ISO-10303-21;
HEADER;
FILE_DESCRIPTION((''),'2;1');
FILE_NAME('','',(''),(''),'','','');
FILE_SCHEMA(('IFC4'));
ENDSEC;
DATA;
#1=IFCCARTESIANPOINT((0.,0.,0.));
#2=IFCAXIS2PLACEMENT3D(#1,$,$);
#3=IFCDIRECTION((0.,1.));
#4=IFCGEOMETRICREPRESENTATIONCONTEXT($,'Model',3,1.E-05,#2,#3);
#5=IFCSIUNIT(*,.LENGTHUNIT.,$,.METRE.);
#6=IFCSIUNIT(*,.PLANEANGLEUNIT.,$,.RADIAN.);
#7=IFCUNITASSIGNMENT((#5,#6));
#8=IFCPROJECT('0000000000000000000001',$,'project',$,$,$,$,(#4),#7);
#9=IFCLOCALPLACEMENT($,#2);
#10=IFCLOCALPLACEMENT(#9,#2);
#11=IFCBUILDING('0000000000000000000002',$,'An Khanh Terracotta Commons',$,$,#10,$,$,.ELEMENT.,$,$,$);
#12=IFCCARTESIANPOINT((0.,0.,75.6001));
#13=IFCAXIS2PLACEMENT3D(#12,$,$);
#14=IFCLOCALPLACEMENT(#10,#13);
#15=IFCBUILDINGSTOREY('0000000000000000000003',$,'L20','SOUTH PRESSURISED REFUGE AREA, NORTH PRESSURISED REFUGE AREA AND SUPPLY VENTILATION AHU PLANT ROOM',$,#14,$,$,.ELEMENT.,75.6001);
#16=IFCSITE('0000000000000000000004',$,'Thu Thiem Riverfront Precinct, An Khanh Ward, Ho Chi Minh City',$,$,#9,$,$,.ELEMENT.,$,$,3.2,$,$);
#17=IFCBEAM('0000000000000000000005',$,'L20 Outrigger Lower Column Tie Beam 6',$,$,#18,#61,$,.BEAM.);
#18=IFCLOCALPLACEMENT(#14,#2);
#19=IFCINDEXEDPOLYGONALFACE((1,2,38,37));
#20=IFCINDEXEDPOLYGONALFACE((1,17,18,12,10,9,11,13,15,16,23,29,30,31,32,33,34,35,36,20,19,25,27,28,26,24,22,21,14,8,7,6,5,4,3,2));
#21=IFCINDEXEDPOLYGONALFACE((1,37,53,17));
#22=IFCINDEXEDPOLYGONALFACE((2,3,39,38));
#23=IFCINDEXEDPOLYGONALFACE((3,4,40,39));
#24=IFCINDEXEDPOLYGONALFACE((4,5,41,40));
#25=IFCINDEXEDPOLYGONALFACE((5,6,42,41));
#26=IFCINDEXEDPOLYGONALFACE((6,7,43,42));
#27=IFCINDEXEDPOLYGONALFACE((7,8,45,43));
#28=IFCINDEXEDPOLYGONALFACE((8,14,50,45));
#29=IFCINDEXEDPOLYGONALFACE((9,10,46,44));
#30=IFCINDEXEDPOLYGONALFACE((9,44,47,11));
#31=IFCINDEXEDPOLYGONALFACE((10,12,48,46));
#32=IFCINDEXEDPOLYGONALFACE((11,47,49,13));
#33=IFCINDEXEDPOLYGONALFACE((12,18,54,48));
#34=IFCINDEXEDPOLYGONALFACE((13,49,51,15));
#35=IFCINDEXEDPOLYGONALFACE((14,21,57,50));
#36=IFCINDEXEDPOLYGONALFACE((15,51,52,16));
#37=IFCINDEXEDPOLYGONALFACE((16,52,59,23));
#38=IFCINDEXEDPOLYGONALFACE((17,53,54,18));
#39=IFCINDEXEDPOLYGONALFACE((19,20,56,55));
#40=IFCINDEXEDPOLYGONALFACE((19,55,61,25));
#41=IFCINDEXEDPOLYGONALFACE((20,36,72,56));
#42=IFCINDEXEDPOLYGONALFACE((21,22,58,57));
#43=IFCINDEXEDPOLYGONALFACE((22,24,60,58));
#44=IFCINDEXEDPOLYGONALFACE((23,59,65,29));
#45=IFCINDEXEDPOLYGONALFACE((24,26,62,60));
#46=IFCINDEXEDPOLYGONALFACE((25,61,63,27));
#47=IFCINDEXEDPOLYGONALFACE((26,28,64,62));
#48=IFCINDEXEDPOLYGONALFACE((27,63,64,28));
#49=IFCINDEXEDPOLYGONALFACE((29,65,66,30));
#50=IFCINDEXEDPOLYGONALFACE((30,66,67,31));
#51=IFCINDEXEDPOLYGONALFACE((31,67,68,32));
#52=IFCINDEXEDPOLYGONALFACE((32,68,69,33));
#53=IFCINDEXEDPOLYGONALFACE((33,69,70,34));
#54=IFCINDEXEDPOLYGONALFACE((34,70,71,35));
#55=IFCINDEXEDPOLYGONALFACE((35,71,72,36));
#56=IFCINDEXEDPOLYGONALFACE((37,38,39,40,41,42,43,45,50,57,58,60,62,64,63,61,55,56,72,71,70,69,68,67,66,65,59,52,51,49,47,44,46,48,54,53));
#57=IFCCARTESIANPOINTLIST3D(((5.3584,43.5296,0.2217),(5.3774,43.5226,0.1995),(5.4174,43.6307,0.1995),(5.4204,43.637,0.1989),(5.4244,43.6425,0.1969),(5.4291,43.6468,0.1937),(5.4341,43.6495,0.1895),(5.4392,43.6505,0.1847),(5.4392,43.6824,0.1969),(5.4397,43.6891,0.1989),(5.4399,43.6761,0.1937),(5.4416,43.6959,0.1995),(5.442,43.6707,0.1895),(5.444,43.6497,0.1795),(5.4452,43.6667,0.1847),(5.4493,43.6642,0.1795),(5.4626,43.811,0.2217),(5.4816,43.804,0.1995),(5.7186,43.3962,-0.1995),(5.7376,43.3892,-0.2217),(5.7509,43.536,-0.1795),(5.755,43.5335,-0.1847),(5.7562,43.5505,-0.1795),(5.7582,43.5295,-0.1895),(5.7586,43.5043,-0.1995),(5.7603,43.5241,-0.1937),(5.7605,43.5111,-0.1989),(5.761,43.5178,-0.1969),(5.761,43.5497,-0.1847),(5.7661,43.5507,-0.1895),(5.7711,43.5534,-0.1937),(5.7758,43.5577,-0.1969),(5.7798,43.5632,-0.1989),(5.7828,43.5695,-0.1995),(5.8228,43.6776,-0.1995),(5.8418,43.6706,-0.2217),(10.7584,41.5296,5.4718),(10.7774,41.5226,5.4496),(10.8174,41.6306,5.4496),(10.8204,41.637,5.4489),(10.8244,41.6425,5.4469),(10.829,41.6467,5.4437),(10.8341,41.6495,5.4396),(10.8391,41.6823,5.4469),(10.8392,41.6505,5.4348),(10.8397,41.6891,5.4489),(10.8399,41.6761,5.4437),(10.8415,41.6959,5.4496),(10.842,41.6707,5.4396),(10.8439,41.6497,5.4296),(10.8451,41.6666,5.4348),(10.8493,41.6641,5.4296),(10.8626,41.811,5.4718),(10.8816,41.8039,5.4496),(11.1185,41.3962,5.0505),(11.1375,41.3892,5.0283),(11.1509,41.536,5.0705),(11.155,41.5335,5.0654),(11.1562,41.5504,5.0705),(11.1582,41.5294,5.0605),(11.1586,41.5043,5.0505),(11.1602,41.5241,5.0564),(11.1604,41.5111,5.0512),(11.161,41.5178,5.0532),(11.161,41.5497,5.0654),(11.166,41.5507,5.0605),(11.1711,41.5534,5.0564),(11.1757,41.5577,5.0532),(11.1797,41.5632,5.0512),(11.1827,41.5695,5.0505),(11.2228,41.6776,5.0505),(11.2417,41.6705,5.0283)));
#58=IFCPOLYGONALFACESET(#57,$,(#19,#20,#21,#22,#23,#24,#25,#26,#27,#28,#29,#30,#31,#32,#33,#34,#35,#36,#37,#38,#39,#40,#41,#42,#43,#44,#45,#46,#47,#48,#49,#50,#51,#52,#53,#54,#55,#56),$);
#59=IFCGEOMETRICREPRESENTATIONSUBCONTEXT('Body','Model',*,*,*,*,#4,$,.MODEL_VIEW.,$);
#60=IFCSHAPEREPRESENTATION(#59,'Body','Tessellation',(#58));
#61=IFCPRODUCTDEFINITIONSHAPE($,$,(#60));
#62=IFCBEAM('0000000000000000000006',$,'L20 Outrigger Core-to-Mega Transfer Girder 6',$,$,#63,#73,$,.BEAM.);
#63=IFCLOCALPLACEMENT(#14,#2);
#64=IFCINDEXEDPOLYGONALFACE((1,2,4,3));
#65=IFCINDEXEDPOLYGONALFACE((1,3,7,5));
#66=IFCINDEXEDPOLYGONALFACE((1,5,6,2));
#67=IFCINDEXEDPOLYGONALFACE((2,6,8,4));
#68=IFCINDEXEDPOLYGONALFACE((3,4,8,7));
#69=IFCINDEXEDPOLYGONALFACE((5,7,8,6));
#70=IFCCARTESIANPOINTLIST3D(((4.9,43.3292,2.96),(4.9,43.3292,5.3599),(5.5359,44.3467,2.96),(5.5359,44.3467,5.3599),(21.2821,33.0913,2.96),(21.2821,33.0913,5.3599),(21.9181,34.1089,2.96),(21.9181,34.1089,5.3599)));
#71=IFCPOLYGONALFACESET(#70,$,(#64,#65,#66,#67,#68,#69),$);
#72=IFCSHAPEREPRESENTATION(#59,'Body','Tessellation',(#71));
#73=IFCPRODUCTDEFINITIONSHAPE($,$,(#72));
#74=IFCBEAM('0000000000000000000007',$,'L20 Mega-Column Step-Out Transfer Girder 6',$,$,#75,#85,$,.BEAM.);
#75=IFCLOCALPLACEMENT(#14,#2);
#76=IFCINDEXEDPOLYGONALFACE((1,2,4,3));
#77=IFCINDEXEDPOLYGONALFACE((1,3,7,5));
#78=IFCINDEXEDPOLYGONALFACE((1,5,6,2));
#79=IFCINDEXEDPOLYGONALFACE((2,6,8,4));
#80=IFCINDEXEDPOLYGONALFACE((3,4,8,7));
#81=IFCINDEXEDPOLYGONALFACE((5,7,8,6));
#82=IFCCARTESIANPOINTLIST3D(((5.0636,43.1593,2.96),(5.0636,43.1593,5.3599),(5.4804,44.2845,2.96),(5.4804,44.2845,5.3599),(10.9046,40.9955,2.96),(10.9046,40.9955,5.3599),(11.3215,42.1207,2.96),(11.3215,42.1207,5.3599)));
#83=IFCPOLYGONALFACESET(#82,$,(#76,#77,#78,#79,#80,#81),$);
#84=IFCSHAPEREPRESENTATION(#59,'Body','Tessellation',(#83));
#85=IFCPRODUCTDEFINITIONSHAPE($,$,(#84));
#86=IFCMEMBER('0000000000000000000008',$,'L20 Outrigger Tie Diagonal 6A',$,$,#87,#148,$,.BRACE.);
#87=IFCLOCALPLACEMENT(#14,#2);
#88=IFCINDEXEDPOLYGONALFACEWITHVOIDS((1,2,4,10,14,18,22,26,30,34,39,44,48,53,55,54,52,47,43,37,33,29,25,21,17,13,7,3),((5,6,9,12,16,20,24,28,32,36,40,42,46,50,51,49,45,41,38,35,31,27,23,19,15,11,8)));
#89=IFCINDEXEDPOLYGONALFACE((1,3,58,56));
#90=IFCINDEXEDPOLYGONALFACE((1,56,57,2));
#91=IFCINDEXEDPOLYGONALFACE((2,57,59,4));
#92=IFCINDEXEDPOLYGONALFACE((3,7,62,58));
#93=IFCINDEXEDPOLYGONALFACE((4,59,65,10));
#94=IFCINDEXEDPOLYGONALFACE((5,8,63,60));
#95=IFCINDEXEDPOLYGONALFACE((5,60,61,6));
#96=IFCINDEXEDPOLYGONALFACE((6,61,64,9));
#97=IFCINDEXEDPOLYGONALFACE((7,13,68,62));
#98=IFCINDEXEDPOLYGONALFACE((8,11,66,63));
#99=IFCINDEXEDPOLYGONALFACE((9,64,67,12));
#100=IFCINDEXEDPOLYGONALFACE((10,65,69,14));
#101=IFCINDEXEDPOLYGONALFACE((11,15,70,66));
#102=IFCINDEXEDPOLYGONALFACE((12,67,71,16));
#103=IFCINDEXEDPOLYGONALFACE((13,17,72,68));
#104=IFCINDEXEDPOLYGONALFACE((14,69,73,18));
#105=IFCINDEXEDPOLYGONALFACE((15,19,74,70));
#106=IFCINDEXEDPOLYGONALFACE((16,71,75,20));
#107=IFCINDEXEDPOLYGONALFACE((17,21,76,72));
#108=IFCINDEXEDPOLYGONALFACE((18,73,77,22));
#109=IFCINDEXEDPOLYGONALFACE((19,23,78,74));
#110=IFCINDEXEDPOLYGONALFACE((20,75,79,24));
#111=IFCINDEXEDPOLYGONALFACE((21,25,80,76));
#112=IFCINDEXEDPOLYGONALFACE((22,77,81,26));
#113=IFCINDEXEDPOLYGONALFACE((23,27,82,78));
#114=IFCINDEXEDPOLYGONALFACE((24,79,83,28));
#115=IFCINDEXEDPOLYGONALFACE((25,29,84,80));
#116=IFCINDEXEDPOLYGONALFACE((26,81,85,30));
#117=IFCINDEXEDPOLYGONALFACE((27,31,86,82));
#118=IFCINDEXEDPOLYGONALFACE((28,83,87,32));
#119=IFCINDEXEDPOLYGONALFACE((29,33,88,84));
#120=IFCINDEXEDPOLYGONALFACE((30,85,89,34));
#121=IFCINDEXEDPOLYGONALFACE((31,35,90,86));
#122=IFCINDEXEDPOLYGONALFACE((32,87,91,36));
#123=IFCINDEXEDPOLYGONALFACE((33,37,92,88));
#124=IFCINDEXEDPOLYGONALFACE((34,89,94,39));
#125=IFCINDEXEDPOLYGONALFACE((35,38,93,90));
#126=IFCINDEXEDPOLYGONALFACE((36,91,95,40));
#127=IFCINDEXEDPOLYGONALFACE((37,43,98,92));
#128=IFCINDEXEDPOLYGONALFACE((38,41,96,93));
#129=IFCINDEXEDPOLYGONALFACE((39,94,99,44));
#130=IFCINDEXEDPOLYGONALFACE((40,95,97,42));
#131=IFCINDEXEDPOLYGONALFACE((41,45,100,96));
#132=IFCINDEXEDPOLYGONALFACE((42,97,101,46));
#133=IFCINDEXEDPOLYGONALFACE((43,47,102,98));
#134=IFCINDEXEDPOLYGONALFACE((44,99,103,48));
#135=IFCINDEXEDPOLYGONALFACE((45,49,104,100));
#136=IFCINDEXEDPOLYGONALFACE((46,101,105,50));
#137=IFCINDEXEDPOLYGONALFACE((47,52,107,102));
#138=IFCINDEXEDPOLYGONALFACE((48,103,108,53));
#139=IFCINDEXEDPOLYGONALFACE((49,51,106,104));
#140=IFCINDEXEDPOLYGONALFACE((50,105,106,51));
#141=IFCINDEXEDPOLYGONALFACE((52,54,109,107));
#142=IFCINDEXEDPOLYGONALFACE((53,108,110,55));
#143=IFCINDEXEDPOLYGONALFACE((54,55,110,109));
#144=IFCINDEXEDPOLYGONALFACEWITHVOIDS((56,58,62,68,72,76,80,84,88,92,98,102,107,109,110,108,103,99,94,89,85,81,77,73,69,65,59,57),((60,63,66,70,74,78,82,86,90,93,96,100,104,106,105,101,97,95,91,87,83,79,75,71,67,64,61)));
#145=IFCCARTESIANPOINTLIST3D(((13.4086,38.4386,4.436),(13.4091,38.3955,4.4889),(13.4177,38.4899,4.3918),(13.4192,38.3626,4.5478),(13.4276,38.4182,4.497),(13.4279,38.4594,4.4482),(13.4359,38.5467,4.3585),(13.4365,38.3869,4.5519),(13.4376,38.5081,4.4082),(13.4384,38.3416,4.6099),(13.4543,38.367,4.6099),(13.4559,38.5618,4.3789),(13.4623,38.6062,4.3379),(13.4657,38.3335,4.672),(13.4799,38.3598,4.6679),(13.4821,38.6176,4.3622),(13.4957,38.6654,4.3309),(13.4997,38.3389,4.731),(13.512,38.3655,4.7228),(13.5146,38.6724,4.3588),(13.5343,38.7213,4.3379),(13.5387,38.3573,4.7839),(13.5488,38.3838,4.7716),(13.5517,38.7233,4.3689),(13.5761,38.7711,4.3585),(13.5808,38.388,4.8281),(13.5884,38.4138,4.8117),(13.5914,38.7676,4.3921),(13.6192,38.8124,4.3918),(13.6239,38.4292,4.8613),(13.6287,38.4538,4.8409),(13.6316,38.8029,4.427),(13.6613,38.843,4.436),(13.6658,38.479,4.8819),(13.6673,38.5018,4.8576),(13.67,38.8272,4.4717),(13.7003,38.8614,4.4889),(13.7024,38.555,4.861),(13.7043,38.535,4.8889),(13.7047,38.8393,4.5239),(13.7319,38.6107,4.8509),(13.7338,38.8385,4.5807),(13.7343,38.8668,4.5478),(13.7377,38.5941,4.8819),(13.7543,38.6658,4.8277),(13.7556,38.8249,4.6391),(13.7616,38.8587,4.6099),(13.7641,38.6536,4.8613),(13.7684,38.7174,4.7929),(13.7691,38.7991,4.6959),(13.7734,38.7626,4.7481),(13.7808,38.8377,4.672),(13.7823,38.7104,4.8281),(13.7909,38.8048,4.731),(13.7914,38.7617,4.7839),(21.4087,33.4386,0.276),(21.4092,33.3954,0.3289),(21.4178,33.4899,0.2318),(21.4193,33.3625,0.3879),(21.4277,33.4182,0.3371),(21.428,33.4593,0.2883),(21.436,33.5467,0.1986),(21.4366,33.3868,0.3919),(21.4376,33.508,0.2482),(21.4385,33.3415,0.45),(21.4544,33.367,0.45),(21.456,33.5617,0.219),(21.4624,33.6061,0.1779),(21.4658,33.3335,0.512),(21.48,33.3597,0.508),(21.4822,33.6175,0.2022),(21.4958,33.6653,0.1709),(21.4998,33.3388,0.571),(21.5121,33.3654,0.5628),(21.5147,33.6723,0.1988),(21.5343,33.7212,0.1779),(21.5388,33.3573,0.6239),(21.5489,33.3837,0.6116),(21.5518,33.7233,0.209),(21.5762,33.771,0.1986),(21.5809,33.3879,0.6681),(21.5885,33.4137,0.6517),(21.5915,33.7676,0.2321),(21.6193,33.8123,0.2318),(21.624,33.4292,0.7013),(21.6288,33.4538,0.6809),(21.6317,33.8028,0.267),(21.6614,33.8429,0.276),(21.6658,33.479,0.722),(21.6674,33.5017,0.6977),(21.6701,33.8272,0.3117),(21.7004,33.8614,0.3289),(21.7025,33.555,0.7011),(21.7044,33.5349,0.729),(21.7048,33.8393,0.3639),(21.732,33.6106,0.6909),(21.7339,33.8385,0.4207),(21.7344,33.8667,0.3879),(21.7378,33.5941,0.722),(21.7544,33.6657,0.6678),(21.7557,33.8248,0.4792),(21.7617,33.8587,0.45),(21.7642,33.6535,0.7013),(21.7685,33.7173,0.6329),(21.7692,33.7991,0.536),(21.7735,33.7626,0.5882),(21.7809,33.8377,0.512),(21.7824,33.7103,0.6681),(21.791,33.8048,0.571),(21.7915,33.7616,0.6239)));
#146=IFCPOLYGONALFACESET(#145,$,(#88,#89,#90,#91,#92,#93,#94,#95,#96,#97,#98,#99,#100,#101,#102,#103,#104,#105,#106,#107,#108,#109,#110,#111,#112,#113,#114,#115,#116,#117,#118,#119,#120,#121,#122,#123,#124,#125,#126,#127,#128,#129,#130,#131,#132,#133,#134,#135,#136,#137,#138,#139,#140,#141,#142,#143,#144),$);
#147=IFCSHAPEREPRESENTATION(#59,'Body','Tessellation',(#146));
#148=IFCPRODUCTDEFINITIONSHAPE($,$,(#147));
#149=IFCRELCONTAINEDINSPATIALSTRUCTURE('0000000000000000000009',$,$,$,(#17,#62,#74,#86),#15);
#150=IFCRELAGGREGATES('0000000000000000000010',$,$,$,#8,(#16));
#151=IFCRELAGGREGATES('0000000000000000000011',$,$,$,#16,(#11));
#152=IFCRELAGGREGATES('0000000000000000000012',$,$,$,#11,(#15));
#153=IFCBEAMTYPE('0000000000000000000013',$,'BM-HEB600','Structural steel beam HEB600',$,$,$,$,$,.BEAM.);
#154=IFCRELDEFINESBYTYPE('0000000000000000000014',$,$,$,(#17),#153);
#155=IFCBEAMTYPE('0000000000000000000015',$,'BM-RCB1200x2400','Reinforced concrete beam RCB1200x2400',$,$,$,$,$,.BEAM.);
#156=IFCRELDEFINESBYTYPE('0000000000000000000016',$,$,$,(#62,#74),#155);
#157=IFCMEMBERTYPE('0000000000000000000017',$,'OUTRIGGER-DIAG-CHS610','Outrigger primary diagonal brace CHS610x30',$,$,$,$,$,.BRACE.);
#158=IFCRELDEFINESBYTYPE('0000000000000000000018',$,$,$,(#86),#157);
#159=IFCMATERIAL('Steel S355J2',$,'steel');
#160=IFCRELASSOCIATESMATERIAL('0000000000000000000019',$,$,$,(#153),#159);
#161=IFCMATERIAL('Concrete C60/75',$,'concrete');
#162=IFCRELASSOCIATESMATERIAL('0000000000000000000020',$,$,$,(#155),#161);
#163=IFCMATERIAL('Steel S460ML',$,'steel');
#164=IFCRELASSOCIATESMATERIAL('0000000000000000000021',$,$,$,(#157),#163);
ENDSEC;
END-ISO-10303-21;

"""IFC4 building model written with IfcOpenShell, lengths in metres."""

from ifc_helpers import new_model, si_unit, direction, frame, origin, origin_2d, place, context, subcontext, project, spatial, rectangle, hollow_circle, i_section, extrude, material, material_profile, profile_set, type_object, element, save


model = new_model("IFC4")

# Units and contexts
model_context = context("Model", 3, precision=1e-05, world=origin(), true_north=direction((0.0, 1.0)))
body_context = subcontext(model_context, "Body", "Model", "MODEL_VIEW")
ifc_project = project(units=[si_unit("LENGTHUNIT", "METRE"), si_unit("PLANEANGLEUNIT", "RADIAN")], contexts=[model_context])

# Site, building, storey
site_placement = place(None, origin())
site = spatial("IfcSite", under=ifc_project, at=site_placement, Name="Thu Thiem Riverfront Precinct, An Khanh Ward, Ho Chi Minh City", CompositionType="ELEMENT", RefElevation=3.2)
building_placement = place(site_placement, origin())
building = spatial("IfcBuilding", under=site, at=building_placement, Name="An Khanh Terracotta Commons", CompositionType="ELEMENT")
storey_placement = place(building_placement, frame((0.0, 0.0, 75.6001)))
storey = spatial("IfcBuildingStorey", under=building, at=storey_placement, Name="L20", Description="SOUTH PRESSURISED REFUGE AREA, NORTH PRESSURISED REFUGE AREA AND SUPPLY VENTILATION AHU PLANT ROOM", CompositionType="ELEMENT", Elevation=75.6001)

# Shared definitions
ifc_material_1 = material(Name="Steel S460ML", Category="steel")

# Beams
ifc_material_2 = material(Name="Steel S355J2", Category="steel")
ifc_material_profile_1 = material_profile(ifc_material_2, i_section(OverallWidth=0.3, OverallDepth=0.6001, WebThickness=0.0154, FlangeThickness=0.03, FilletRadius=0.0271, at=origin_2d()), Name="HEB600")
ifc_profile_set_1 = profile_set([ifc_material_profile_1], Name="Steel S355J2")
beam_type_1 = type_object("IfcBeamType", Name="BM-HEB600", Description="Structural steel beam HEB600", PredefinedType="BEAM", material=ifc_profile_set_1)
beam_1_placement = place(storey_placement, frame((5.6001, 43.6001, 0.0), z_axis=(0.692971, -0.25666, 0.673734), x_axis=(0.34732, 0.937747, 0.0)))
element("IfcBeam", 1, at=beam_1_placement, inside=storey, type_object=beam_type_1, Name="L20 Outrigger Lower Column Tie Beam 6", PredefinedType="BEAM", context=body_context, shape_type="SweptSolid", body=[
    extrude(i_section(OverallWidth=0.3, OverallDepth=0.6001, WebThickness=0.0154, FlangeThickness=0.03, FilletRadius=0.0271, at=origin_2d()), origin(), (0.0, 0.0, 1.0), 7.7925),
])
ifc_material_3 = material(Name="Concrete C60/75", Category="concrete")
ifc_material_profile_2 = material_profile(ifc_material_3, rectangle(XDim=1.2, YDim=2.3999, at=origin_2d()), Name="RCB1200x2400")
ifc_profile_set_2 = profile_set([ifc_material_profile_2], Name="Concrete C60/75")
beam_type_2 = type_object("IfcBeamType", Name="BM-RCB1200x2400", Description="Reinforced concrete beam RCB1200x2400", PredefinedType="BEAM", material=ifc_profile_set_2)
beam_2_placement = place(storey_placement, frame((21.6001, 33.6001, 4.1599), z_axis=(-0.848022, 0.529961, 0.0), x_axis=(-0.529961, -0.848022, 0.0)))
element("IfcBeam", 2, at=beam_2_placement, inside=storey, type_object=beam_type_2, Name="L20 Outrigger Core-to-Mega Transfer Girder 6", PredefinedType="BEAM", context=body_context, shape_type="SweptSolid", body=[
    extrude(rectangle(XDim=1.2, YDim=2.3999, at=origin_2d()), origin(), (0.0, 0.0, 1.0), 19.3181),
])
beam_3_placement = place(storey_placement, frame((5.272, 43.7219, 4.1599), z_axis=(0.937725, -0.347379, 0.0), x_axis=(0.347379, 0.937725, 0.0)))
element("IfcBeam", 3, at=beam_3_placement, inside=storey, type_object=beam_type_2, Name="L20 Mega-Column Step-Out Transfer Girder 6", PredefinedType="BEAM", context=body_context, shape_type="SweptSolid", body=[
    extrude(rectangle(XDim=1.2, YDim=2.3999, at=origin_2d()), origin(), (0.0, 0.0, 1.0), 6.229),
])

# Member
ifc_material_profile_3 = material_profile(ifc_material_1, hollow_circle(Radius=0.3049, WallThickness=0.03, at=origin_2d()), Name="CHS610x30")
ifc_profile_set_3 = profile_set([ifc_material_profile_3], Name="Steel S460ML")
member_type_1 = type_object("IfcMemberType", Name="OUTRIGGER-DIAG-CHS610", Description="Outrigger primary diagonal brace CHS610x30", PredefinedType="BRACE", material=ifc_profile_set_3)
for number, where, z_axis, x_axis, name in (
    (4, (21.6001, 33.6001, 0.45), (-0.775914, 0.484946, 0.403467), (-0.529999, -0.847998, 0.0), "L20 Outrigger Tie Diagonal 6A"),
):
    element("IfcMember", number, at=place(storey_placement, frame(where, z_axis=z_axis, x_axis=x_axis)), inside=storey, type_object=member_type_1, Name=name, PredefinedType="BRACE", context=body_context, shape_type="SweptSolid", body=[
        extrude(hollow_circle(Radius=0.3049, WallThickness=0.03, at=origin_2d()), origin(), (0.0, 0.0, 1.0), 10.3105),
    ])

save(model, "model.ifc")
